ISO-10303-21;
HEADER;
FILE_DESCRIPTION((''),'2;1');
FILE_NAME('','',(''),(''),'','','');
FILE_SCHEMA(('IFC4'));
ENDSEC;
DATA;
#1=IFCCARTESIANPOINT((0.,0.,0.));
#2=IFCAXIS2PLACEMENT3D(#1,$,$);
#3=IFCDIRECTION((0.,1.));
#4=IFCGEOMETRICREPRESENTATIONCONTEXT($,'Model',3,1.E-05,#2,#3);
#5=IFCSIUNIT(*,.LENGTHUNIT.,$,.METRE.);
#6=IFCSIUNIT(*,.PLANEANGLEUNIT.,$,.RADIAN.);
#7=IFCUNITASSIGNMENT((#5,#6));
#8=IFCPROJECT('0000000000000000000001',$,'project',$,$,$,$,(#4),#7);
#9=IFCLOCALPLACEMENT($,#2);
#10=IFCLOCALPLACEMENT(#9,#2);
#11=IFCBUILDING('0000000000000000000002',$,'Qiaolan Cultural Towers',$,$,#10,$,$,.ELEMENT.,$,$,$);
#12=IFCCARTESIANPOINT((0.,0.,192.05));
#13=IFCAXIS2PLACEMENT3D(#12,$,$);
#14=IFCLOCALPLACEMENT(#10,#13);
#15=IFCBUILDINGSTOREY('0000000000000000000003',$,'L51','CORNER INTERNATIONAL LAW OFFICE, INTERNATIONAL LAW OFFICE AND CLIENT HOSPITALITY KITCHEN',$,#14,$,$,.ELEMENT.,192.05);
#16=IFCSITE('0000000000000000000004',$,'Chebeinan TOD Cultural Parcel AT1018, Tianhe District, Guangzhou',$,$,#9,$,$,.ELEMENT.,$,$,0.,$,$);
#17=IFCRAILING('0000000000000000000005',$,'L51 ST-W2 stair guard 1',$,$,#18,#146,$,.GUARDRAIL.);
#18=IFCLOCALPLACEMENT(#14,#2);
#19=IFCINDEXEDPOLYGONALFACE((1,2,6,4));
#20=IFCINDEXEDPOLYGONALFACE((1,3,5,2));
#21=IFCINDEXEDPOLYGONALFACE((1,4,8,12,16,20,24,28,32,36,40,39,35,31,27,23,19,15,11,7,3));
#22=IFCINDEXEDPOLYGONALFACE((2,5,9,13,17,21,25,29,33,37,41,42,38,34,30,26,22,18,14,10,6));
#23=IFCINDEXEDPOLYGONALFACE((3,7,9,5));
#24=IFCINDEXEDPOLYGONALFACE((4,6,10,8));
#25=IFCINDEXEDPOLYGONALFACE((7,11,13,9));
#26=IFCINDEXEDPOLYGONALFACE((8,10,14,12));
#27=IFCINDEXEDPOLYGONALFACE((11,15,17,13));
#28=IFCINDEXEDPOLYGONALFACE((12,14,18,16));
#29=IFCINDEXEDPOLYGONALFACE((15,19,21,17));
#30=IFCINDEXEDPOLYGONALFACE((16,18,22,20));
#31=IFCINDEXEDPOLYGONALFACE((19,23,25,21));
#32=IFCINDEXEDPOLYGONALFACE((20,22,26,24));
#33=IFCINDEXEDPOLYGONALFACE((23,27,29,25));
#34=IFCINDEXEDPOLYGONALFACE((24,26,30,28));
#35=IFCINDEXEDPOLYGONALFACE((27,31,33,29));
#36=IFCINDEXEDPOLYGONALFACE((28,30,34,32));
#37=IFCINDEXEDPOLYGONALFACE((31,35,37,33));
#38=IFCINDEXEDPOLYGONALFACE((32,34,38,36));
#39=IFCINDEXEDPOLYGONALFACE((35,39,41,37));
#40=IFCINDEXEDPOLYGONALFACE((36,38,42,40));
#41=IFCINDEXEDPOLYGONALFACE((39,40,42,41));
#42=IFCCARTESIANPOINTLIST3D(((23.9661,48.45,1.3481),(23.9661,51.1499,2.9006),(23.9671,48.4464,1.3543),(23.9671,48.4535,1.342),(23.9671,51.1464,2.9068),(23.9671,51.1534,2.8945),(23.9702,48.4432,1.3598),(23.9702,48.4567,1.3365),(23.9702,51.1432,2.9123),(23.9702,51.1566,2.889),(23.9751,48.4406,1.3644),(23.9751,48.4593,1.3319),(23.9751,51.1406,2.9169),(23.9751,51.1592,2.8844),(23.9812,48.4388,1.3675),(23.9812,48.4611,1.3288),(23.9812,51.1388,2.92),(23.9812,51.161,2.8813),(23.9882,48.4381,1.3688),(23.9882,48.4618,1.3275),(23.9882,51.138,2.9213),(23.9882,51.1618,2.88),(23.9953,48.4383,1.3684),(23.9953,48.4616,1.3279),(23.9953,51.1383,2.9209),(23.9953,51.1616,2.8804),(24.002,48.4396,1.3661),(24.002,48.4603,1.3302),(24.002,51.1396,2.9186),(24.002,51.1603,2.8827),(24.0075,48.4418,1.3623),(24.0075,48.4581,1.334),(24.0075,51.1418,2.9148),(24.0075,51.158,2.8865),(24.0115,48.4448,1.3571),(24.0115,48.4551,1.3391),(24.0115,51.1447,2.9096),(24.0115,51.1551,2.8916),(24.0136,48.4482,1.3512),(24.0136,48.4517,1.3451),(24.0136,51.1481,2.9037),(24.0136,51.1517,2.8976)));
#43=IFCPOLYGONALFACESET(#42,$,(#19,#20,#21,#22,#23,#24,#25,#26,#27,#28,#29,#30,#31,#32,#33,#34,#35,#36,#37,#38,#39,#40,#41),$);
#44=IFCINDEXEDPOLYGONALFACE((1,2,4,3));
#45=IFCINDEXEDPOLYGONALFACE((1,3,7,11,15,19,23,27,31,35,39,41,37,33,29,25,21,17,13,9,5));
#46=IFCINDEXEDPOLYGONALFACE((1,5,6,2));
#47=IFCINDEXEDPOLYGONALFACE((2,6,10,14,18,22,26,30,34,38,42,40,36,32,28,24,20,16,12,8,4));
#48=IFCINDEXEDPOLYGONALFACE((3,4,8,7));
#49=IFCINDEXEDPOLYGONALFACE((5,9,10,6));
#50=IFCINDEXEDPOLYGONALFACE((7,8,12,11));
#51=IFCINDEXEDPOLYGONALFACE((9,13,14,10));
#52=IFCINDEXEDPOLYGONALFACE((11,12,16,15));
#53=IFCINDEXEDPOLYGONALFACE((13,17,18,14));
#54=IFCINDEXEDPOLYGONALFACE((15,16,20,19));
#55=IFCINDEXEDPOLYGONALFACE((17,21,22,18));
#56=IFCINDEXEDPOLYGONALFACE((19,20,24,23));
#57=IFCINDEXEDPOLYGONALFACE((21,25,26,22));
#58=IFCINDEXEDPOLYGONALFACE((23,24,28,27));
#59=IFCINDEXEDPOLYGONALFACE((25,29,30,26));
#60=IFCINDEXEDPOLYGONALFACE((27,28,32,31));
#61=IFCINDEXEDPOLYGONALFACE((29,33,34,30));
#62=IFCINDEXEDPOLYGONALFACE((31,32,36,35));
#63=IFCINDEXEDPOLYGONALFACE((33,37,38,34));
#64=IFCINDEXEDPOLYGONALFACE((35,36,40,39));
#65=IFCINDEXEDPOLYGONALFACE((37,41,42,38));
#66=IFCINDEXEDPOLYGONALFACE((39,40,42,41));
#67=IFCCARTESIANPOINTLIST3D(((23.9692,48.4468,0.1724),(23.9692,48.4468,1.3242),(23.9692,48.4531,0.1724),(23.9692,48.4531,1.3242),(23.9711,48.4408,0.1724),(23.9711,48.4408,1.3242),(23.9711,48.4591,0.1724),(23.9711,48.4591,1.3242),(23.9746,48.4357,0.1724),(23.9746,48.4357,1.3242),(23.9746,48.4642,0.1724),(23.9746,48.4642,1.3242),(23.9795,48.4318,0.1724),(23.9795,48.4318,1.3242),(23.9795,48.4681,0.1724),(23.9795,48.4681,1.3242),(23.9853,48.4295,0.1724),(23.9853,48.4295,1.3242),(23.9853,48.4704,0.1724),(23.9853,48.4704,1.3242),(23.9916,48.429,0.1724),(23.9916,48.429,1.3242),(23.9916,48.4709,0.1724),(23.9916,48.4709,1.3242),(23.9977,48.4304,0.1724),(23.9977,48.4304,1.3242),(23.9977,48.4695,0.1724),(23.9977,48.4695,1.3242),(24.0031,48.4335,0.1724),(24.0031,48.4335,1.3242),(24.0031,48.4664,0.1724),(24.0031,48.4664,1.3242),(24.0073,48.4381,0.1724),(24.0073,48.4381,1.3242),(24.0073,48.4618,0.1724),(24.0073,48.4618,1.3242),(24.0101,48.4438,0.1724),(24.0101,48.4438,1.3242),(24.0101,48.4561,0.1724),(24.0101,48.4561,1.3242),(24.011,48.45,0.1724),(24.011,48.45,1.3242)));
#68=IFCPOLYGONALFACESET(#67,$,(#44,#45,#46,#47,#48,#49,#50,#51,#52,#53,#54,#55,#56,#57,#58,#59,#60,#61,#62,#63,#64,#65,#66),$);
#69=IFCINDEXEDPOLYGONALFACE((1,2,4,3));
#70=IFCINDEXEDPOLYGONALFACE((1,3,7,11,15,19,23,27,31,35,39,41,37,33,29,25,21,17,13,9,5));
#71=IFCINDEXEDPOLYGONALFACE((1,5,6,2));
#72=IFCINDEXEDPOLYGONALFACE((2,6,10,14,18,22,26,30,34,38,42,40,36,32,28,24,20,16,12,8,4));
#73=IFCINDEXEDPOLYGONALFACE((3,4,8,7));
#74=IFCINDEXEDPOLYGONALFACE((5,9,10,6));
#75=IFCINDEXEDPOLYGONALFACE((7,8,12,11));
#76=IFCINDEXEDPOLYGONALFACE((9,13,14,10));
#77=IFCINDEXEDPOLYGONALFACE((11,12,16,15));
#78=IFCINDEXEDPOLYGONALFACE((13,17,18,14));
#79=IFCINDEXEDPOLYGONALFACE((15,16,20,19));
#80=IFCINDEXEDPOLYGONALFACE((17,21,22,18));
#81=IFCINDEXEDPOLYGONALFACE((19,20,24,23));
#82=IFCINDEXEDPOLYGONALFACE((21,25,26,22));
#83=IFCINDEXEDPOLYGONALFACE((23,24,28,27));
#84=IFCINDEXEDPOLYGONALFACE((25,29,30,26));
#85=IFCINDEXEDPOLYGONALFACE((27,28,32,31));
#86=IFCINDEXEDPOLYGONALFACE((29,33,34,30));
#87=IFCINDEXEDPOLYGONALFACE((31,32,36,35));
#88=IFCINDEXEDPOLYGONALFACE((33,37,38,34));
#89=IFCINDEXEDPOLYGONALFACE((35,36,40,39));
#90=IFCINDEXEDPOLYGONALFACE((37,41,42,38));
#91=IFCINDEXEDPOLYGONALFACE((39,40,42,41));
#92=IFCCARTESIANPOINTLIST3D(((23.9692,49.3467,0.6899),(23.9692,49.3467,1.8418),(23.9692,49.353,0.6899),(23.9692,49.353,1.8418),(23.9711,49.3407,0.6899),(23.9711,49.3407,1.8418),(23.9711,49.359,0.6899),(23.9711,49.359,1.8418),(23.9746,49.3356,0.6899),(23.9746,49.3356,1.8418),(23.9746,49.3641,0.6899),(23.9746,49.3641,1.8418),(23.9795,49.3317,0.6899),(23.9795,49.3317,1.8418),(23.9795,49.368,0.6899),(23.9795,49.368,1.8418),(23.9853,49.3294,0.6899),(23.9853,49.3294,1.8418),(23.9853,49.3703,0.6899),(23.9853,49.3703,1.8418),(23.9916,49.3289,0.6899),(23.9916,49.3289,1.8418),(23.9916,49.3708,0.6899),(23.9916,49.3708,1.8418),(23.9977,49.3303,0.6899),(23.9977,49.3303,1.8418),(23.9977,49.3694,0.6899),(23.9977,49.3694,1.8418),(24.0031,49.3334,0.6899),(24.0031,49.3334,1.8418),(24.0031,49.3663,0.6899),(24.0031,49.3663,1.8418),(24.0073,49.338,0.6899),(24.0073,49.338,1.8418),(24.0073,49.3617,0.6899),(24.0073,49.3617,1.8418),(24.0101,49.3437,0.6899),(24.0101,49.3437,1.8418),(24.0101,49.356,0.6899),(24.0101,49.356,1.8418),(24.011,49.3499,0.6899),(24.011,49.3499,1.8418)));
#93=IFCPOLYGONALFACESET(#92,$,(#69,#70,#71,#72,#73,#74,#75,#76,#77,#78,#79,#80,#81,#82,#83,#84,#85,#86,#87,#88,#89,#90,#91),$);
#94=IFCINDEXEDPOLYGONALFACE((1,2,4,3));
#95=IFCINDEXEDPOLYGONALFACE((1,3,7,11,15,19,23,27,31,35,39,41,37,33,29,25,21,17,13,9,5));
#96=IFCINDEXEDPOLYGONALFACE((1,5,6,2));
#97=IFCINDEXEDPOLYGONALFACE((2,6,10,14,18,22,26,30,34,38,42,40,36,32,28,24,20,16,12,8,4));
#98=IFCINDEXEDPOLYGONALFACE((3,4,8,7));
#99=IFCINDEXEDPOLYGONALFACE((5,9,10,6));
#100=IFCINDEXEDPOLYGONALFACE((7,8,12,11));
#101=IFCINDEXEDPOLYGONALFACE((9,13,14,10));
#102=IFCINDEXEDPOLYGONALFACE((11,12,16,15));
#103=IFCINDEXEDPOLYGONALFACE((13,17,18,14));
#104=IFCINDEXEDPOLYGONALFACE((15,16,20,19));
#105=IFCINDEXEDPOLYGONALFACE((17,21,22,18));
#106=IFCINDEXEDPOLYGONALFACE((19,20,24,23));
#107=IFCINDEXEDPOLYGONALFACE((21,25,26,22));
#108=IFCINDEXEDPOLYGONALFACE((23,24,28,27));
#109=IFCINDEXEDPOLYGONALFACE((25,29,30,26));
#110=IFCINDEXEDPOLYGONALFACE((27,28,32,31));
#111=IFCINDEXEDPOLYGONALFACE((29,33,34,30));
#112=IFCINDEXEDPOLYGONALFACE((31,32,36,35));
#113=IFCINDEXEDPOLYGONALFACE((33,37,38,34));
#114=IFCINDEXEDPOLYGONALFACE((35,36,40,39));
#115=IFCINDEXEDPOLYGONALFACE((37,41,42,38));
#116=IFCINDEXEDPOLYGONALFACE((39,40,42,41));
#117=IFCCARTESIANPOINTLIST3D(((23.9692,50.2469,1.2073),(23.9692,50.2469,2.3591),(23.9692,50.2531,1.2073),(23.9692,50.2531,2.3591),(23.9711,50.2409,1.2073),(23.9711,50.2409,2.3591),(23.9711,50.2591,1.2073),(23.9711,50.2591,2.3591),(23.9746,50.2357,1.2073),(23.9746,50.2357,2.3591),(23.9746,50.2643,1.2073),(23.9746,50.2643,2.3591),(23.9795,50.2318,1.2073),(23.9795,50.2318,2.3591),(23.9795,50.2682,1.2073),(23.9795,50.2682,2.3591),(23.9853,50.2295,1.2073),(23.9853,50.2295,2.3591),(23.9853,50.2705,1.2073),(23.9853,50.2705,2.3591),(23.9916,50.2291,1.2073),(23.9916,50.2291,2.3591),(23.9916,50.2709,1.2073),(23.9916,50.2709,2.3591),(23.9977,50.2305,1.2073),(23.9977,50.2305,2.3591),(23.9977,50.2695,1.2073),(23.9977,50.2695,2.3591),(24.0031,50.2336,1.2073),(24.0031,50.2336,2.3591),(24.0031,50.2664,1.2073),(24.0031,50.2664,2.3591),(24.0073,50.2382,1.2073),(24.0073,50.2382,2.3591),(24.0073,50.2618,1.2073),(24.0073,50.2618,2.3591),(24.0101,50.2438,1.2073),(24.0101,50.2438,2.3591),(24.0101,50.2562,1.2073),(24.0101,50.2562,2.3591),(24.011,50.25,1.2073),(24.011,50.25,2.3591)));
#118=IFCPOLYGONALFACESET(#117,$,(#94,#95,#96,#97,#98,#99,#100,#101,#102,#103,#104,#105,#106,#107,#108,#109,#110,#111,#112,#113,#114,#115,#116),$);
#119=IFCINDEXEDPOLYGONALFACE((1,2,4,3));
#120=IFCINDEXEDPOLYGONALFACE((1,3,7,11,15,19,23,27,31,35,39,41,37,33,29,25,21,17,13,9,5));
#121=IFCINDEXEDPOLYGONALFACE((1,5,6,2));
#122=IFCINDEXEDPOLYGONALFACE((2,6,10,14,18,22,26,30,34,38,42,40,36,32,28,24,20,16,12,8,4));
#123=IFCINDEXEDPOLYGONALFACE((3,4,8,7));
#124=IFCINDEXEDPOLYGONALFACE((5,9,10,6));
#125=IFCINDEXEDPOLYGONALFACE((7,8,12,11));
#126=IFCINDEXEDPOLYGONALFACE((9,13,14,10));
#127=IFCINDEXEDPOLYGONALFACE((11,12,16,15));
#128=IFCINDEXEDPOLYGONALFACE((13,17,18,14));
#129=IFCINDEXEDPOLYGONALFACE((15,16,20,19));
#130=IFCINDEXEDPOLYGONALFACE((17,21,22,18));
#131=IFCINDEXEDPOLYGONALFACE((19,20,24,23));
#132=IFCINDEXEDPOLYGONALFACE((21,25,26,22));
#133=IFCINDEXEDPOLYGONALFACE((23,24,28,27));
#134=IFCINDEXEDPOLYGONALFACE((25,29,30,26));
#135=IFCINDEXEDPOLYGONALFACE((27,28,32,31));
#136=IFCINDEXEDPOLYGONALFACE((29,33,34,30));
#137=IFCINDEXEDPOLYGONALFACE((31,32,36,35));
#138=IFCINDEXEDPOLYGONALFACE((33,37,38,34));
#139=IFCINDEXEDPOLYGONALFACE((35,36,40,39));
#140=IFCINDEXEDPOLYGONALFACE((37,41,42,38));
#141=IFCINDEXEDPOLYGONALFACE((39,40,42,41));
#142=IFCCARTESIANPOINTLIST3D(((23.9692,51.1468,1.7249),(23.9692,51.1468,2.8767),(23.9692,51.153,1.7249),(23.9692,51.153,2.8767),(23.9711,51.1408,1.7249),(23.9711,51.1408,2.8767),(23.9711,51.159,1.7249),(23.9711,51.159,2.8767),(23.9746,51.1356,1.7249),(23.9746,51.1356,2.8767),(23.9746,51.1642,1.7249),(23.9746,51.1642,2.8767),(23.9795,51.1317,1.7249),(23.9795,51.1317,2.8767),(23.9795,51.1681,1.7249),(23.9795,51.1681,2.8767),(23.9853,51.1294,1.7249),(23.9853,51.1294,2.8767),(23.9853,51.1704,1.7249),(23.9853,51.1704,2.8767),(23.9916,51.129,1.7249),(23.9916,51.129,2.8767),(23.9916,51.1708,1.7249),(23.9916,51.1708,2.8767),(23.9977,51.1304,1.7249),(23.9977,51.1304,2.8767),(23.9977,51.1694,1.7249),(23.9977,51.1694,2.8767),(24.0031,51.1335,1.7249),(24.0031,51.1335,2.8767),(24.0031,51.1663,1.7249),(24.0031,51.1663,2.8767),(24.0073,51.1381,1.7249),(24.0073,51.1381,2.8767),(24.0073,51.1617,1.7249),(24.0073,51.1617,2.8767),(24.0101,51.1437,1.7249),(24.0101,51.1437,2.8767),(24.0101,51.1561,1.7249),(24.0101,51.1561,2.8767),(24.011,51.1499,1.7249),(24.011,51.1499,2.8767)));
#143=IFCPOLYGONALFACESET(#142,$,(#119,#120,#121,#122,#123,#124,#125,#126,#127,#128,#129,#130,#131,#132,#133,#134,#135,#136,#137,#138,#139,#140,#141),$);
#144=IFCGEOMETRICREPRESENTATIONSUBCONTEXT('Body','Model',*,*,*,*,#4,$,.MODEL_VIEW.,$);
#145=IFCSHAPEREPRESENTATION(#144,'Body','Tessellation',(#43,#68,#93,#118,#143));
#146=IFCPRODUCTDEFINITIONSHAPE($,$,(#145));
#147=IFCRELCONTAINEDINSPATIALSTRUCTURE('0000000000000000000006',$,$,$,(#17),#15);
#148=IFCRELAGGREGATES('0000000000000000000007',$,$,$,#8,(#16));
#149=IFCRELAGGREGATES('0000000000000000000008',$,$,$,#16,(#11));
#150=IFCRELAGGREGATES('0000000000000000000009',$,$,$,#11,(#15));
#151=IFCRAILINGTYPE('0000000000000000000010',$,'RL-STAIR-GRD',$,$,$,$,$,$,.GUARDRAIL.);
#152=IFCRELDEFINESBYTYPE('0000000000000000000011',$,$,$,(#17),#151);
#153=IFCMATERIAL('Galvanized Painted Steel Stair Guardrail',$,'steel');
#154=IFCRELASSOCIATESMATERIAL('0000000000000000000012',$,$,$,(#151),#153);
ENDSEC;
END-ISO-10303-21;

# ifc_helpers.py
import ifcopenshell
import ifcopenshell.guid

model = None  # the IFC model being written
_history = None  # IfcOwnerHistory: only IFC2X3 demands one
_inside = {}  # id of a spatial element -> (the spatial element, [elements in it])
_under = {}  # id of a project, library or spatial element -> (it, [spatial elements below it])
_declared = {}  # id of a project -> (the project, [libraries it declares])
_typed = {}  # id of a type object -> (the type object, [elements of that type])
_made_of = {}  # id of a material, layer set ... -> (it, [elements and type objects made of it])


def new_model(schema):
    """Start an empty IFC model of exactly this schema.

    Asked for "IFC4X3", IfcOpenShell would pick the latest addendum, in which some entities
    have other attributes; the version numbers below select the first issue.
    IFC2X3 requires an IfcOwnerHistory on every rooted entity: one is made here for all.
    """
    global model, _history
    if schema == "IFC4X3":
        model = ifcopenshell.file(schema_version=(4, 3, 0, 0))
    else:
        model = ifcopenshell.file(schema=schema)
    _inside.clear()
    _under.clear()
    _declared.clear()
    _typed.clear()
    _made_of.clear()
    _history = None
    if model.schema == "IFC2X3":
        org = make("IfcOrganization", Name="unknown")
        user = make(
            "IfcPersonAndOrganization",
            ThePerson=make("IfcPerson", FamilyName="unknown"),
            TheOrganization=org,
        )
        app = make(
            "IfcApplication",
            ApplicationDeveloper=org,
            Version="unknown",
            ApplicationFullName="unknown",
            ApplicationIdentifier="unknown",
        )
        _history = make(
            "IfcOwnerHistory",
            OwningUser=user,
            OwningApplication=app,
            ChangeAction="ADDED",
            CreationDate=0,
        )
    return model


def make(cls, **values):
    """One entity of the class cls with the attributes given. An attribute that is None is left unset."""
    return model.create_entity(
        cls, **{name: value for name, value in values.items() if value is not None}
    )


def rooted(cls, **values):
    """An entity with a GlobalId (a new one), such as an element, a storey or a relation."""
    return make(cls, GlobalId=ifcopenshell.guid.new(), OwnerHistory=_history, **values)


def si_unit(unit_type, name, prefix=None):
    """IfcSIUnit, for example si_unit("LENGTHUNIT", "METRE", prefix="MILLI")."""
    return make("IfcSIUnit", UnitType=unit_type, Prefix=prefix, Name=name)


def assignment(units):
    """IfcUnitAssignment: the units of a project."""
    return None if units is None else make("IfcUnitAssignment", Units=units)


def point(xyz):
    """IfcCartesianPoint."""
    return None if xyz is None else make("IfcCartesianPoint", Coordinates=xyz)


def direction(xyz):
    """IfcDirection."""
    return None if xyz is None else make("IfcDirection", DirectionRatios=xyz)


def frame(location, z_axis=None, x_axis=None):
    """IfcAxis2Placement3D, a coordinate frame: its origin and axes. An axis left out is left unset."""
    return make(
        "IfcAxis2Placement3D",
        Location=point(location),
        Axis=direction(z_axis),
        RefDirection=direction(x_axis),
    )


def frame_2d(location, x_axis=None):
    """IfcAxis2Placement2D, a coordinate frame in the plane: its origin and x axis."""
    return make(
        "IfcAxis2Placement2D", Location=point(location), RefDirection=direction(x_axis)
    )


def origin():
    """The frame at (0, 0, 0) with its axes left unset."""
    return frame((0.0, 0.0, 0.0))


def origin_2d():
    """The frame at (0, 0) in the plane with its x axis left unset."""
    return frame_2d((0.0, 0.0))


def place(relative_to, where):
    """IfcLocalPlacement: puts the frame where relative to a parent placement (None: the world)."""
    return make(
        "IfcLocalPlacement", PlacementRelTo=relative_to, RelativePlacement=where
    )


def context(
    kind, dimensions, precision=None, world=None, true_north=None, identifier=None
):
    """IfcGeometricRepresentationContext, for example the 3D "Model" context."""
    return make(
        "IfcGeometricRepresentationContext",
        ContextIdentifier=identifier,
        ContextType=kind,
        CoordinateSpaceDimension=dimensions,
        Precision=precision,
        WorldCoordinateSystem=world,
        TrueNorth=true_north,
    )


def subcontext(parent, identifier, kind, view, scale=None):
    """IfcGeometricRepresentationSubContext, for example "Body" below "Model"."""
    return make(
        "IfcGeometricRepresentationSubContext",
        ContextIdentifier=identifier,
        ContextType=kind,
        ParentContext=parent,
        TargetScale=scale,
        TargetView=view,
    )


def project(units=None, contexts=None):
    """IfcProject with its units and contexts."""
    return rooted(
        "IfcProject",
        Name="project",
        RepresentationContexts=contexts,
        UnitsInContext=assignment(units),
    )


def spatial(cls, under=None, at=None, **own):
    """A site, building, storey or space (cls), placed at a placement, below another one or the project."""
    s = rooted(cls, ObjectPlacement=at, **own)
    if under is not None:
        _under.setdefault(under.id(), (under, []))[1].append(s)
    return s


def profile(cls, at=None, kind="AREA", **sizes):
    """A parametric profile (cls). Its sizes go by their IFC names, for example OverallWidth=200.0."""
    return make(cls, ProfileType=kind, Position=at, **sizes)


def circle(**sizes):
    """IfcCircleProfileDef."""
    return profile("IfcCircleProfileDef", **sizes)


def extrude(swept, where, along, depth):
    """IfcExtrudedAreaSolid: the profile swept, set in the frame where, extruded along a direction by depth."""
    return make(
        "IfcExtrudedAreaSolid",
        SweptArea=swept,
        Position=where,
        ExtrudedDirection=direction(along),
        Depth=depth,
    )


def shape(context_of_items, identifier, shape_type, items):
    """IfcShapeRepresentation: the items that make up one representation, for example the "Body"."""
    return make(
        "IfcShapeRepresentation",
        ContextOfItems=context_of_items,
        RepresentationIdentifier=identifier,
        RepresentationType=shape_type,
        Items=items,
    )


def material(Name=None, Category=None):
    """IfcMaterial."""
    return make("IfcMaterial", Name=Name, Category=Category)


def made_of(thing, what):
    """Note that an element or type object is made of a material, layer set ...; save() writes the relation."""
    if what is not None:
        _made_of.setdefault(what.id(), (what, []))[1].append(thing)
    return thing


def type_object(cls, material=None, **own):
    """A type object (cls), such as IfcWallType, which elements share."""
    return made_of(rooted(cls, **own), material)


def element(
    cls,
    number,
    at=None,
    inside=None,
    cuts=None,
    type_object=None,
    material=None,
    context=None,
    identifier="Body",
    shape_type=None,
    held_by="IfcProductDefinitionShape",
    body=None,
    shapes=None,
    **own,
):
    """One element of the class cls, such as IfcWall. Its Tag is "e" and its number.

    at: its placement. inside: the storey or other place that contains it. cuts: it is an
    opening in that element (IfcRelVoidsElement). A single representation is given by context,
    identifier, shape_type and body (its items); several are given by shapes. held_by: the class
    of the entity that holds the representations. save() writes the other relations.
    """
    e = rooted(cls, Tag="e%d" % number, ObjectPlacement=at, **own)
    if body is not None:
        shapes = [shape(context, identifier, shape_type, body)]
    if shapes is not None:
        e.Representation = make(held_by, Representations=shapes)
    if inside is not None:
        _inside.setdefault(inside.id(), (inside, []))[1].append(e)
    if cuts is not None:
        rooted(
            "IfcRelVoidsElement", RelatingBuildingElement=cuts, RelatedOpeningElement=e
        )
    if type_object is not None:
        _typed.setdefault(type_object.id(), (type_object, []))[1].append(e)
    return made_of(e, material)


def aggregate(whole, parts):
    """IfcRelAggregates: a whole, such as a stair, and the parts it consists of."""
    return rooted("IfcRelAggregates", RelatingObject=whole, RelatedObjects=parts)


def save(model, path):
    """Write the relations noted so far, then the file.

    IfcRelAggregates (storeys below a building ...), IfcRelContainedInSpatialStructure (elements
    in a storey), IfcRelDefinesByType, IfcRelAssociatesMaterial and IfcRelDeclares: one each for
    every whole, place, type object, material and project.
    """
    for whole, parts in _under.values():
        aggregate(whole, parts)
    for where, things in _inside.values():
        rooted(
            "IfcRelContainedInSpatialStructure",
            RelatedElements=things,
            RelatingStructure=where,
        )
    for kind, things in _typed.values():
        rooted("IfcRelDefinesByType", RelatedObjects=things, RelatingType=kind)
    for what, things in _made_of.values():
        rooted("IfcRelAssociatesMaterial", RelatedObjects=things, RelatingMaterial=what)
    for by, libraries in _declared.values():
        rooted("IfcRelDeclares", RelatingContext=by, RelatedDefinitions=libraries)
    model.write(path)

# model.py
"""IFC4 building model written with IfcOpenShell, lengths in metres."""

from ifc_helpers import new_model, si_unit, direction, frame, origin, origin_2d, place, context, subcontext, project, spatial, circle, extrude, material, type_object, element, save


model = new_model("IFC4")

# Units and contexts
model_context = context("Model", 3, precision=1e-05, world=origin(), true_north=direction((0.0, 1.0)))
body_context = subcontext(model_context, "Body", "Model", "MODEL_VIEW")
ifc_project = project(units=[si_unit("LENGTHUNIT", "METRE"), si_unit("PLANEANGLEUNIT", "RADIAN")], contexts=[model_context])

# Site, building, storey
site_placement = place(None, origin())
site = spatial("IfcSite", under=ifc_project, at=site_placement, Name="Chebeinan TOD Cultural Parcel AT1018, Tianhe District, Guangzhou", CompositionType="ELEMENT", RefElevation=0.0)
building_placement = place(site_placement, origin())
building = spatial("IfcBuilding", under=site, at=building_placement, Name="Qiaolan Cultural Towers", CompositionType="ELEMENT")
storey_placement = place(building_placement, frame((0.0, 0.0, 192.05)))
storey = spatial("IfcBuildingStorey", under=building, at=storey_placement, Name="L51", Description="CORNER INTERNATIONAL LAW OFFICE, INTERNATIONAL LAW OFFICE AND CLIENT HOSPITALITY KITCHEN", CompositionType="ELEMENT", Elevation=192.05)

# Railing
ifc_material_1 = material(Name="Galvanized Painted Steel Stair Guardrail", Category="steel")
railing_type_1 = type_object("IfcRailingType", Name="RL-STAIR-GRD", PredefinedType="GUARDRAIL", material=ifc_material_1)
railing_1_placement = place(storey_placement, frame((23.99, 48.45, 0.1724)))
element("IfcRailing", 1, at=railing_1_placement, inside=storey, type_object=railing_type_1, Name="L51 ST-W2 stair guard 1", PredefinedType="GUARDRAIL", context=body_context, shape_type="SweptSolid", body=[
    extrude(circle(Radius=0.0239, at=origin_2d()), frame((0.0, 0.0, 1.1758), z_axis=(0.0, 0.866904, 0.498476), x_axis=(-1.0, 0.0, 0.0)), (0.0, 0.0, 1.0), 3.1145),
    extrude(circle(Radius=0.021, at=origin_2d()), origin(), (0.0, 0.0, 1.0), 1.1519),
    extrude(circle(Radius=0.021, at=origin_2d()), frame((0.0, 0.8999, 0.5176)), (0.0, 0.0, 1.0), 1.1519),
    extrude(circle(Radius=0.021, at=origin_2d()), frame((0.0, 1.8, 1.0349)), (0.0, 0.0, 1.0), 1.1519),
    extrude(circle(Radius=0.021, at=origin_2d()), frame((0.0, 2.7, 1.5525)), (0.0, 0.0, 1.0), 1.1519),
])

save(model, "model.ifc")
